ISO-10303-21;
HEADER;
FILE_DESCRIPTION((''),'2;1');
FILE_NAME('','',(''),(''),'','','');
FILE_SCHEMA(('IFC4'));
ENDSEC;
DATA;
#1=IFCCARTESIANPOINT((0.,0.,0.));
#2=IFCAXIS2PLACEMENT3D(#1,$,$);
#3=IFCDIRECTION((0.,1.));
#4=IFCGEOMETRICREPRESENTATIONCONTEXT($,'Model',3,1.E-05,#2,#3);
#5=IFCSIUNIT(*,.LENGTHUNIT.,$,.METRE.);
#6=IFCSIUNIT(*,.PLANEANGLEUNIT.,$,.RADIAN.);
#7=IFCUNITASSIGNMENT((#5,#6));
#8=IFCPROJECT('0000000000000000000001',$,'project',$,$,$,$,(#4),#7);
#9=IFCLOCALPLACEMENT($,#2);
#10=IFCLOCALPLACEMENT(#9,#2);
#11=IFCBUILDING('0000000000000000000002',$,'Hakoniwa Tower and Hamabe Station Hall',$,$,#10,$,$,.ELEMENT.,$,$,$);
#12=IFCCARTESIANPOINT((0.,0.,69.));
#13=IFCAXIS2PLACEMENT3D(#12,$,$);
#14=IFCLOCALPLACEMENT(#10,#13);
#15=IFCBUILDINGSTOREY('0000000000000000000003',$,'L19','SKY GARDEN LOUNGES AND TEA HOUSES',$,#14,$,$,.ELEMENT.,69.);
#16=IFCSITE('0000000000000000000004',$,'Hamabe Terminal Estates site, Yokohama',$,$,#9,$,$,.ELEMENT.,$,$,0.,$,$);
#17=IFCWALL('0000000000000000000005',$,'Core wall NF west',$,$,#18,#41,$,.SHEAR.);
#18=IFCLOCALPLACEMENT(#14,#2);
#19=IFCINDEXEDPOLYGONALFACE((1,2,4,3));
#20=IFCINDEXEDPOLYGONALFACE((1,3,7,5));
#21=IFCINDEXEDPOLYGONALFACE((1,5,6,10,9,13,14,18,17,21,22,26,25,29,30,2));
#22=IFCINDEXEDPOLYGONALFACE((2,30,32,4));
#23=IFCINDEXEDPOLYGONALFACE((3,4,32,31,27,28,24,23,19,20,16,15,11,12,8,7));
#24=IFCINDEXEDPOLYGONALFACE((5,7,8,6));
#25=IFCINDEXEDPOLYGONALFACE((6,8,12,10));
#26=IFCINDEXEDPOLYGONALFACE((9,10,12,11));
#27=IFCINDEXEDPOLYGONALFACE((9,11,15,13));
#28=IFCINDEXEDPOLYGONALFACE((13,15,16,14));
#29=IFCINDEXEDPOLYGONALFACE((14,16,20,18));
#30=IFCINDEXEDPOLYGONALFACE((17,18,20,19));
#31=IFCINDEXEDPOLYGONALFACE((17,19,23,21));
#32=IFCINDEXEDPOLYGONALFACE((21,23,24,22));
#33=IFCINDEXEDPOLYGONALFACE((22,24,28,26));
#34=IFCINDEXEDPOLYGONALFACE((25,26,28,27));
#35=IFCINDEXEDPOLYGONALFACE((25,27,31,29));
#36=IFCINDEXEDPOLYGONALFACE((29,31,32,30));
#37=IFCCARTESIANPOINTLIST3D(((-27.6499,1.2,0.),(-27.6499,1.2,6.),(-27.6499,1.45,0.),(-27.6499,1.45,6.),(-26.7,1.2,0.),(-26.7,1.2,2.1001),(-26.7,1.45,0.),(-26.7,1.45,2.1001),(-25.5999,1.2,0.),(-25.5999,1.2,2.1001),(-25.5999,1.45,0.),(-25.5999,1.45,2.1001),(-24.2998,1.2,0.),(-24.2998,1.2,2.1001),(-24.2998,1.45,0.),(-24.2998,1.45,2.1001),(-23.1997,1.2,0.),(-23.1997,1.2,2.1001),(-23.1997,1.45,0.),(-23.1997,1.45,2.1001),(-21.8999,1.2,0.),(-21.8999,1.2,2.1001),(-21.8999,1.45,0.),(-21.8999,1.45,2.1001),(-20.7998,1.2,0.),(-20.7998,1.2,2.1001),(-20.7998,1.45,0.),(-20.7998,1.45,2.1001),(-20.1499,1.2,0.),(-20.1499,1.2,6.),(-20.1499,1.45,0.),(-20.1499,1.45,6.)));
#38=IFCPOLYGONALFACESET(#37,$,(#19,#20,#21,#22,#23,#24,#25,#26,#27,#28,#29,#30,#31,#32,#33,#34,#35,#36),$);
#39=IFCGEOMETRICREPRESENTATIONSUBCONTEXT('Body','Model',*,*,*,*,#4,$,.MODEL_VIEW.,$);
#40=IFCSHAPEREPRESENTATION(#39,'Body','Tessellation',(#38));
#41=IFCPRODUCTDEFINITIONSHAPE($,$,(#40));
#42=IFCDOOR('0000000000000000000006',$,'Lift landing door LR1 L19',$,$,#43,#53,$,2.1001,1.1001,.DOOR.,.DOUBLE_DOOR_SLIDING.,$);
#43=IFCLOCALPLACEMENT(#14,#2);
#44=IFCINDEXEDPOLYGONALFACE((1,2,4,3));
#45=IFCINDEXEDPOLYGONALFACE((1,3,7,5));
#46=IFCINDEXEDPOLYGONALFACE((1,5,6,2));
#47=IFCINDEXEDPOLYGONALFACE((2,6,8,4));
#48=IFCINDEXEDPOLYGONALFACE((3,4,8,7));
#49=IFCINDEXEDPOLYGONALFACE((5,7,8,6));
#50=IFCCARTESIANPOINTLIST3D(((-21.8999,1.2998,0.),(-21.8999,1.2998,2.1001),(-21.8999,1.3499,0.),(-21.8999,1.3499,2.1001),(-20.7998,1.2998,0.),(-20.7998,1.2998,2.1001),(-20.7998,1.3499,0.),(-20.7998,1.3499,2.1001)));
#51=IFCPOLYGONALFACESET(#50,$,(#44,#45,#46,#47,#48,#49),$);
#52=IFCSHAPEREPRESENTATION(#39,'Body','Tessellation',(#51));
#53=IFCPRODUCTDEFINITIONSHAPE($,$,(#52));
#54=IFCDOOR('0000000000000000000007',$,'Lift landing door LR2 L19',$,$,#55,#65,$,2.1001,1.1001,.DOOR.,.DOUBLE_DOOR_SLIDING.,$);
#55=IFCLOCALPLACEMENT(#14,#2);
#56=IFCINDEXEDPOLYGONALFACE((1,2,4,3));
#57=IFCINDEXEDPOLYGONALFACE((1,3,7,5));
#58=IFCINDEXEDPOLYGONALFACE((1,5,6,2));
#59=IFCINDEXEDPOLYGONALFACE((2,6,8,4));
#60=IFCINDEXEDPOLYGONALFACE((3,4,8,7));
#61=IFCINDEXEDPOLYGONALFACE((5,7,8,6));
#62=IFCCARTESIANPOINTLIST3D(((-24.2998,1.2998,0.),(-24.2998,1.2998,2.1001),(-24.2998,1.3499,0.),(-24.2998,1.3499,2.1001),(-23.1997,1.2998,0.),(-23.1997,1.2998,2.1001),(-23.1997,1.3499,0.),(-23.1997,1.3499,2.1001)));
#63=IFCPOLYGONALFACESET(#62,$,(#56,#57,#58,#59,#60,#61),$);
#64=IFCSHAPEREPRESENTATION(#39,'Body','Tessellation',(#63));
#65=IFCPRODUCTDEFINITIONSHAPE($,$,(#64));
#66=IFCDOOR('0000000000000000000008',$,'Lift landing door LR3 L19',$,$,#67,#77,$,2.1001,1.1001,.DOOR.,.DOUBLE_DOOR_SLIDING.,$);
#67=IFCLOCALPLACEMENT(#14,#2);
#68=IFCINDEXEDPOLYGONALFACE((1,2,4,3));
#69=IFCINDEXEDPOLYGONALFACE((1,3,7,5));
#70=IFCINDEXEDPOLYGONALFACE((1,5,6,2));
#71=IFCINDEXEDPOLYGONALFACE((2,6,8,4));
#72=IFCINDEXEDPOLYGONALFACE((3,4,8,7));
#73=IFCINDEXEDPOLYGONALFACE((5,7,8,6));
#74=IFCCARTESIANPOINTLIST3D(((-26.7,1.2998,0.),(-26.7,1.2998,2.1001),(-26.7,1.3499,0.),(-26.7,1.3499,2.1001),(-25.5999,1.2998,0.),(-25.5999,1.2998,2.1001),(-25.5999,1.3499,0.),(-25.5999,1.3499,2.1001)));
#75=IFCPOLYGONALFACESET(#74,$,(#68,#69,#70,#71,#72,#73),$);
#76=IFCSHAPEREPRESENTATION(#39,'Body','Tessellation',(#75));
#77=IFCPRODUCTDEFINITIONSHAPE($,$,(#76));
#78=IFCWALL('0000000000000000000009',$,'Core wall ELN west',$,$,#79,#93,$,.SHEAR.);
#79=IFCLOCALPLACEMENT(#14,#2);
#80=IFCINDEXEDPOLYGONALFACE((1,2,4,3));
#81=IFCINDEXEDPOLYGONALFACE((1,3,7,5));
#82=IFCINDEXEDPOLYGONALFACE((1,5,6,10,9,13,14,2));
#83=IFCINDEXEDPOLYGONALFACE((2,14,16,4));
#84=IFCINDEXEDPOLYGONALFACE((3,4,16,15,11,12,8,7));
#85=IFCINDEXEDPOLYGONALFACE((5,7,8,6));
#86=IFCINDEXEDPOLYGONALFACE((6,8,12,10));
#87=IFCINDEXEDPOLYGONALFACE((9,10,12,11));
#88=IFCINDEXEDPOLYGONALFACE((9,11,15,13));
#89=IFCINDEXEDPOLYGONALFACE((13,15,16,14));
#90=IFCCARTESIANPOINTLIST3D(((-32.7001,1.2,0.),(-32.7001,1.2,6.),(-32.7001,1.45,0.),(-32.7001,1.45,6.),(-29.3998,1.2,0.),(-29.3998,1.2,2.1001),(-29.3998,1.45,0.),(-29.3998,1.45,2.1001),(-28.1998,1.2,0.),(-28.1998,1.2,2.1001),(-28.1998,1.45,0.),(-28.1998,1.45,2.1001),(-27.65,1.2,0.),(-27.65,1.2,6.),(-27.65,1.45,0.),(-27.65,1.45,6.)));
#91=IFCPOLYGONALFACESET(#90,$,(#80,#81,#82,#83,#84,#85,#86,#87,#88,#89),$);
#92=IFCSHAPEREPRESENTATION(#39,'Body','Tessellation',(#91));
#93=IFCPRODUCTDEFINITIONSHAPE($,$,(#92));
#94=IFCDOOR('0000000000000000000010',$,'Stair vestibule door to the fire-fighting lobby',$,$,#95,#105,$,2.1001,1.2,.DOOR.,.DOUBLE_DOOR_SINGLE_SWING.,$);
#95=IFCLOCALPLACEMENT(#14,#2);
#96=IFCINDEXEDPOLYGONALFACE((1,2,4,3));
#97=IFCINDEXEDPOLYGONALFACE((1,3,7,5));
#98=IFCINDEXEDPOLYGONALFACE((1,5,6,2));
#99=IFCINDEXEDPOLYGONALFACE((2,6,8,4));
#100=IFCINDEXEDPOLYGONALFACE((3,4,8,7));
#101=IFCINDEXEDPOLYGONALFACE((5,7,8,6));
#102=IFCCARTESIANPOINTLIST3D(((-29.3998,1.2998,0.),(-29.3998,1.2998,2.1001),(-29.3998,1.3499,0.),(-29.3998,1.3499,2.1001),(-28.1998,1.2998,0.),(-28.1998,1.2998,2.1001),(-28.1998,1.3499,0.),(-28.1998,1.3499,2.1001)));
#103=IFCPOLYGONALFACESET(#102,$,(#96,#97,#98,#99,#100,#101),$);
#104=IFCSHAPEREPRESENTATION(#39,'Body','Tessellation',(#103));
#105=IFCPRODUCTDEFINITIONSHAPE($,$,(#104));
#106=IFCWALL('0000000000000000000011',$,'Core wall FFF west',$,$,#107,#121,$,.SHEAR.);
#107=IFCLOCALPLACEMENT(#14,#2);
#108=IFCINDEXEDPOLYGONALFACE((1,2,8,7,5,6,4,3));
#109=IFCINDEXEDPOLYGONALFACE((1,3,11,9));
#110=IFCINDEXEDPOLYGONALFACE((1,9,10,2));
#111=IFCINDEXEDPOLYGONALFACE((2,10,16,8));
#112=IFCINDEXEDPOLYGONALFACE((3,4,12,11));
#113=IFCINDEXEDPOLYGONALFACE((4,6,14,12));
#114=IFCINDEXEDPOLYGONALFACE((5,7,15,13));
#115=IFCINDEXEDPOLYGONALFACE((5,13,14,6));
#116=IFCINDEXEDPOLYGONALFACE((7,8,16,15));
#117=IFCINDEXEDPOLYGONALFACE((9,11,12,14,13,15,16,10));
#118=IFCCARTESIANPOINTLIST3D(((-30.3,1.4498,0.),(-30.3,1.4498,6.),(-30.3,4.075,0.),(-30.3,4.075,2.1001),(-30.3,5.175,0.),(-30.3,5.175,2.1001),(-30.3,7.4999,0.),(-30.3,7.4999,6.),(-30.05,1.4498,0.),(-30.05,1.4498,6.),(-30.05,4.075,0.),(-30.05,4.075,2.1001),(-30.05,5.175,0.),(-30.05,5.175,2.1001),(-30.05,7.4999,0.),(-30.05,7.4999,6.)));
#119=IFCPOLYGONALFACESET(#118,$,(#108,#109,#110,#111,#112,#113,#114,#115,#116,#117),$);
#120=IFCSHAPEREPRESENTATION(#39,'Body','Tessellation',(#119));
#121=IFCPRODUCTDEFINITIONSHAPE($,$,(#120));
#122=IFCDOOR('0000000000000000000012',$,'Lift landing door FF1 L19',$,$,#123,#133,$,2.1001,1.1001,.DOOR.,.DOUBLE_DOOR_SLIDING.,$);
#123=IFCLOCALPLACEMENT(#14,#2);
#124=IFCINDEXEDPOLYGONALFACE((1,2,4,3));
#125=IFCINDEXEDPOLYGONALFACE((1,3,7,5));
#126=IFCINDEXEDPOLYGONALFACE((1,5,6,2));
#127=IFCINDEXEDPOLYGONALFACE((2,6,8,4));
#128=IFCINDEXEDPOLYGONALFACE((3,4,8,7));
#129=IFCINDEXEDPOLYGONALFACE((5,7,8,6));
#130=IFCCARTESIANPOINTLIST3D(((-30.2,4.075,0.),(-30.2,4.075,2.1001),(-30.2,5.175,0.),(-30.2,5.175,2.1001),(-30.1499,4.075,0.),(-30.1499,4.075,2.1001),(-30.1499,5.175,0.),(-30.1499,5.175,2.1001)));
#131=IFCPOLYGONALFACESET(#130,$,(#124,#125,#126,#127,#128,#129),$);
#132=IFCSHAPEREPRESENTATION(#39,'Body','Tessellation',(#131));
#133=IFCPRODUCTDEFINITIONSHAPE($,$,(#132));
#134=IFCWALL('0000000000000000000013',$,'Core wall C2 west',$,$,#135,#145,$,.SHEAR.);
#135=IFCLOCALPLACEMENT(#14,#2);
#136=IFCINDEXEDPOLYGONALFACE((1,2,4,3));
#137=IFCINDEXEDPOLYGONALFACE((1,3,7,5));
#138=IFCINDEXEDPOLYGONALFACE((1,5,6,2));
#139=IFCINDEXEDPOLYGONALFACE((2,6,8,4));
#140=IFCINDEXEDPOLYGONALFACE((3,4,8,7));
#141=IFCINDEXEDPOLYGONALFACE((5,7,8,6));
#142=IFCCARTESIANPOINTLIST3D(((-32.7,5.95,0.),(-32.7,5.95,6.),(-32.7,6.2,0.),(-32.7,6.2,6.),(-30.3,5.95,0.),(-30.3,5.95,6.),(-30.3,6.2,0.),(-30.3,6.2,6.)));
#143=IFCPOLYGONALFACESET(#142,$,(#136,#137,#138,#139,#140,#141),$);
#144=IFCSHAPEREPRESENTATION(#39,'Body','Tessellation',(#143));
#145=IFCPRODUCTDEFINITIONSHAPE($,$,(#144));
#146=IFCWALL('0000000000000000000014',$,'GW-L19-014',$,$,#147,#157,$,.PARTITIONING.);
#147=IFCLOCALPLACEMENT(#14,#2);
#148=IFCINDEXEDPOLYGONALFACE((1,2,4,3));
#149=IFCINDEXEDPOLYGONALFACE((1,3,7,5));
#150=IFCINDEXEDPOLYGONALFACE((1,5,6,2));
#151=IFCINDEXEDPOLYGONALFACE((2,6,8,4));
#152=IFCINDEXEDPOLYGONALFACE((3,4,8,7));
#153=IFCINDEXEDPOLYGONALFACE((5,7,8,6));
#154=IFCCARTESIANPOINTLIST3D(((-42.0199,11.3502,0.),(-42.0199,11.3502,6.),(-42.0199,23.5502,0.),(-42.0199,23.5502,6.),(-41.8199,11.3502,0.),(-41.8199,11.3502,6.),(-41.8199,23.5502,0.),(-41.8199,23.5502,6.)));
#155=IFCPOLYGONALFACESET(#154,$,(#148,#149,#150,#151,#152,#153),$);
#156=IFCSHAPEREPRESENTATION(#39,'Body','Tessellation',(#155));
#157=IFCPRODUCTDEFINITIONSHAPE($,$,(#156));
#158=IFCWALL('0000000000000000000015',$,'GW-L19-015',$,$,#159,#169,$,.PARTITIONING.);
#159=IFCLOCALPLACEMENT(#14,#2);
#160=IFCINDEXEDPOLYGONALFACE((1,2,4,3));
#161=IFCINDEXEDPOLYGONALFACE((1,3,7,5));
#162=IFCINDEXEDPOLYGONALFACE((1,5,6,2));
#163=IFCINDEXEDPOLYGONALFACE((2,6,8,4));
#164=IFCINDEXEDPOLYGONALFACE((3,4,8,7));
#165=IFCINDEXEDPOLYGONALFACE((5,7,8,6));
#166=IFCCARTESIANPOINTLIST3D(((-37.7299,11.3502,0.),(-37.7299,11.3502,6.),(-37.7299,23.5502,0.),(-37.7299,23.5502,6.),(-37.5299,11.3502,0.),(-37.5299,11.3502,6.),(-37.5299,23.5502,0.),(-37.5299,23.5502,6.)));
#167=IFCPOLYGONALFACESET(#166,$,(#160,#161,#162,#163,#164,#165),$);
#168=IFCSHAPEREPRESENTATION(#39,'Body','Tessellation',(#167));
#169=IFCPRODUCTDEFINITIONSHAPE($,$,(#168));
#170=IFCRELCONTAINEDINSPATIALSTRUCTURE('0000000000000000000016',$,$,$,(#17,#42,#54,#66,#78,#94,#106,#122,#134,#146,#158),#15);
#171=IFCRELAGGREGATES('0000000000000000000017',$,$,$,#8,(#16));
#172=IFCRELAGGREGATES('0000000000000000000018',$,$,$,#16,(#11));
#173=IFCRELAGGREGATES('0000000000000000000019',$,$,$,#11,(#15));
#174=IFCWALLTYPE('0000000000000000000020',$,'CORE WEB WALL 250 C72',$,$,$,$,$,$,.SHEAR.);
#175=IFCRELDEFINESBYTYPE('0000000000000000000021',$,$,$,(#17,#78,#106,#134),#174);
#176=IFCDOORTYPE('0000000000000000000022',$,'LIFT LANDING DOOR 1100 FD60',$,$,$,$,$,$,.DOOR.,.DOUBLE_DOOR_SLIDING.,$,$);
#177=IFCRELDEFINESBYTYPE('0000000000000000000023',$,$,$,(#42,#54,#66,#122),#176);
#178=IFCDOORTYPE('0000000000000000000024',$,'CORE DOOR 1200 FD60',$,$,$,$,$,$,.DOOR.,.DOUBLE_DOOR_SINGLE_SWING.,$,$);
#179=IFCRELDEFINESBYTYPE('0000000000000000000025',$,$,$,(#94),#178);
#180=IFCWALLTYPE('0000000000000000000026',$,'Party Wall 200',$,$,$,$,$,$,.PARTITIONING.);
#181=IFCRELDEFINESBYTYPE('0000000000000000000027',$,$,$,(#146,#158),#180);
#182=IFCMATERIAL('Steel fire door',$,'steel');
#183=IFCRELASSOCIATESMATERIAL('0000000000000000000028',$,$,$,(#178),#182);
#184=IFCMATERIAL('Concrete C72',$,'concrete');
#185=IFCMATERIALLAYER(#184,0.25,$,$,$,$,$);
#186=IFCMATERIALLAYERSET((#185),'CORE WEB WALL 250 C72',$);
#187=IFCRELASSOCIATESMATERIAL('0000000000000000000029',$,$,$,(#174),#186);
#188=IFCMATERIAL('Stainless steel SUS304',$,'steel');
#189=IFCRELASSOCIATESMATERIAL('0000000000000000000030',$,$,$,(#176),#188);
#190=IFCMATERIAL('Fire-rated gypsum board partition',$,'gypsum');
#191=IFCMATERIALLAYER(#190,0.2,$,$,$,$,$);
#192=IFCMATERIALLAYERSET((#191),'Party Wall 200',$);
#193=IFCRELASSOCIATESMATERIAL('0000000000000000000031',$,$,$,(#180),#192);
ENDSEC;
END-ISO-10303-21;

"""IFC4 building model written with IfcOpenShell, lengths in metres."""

from ifc_helpers import new_model, si_unit, direction, frame, frame_2d, origin, place, context, subcontext, project, spatial, rectangle, extrude, material, layer, layer_set, type_object, element, fill, save


model = new_model("IFC4")

# Units and contexts
model_context = context("Model", 3, precision=1e-05, world=origin(), true_north=direction((0.0, 1.0)))
body_context = subcontext(model_context, "Body", "Model", "MODEL_VIEW")
ifc_project = project(units=[si_unit("LENGTHUNIT", "METRE"), si_unit("PLANEANGLEUNIT", "RADIAN")], contexts=[model_context])

# Site, building, storey
site_placement = place(None, origin())
site = spatial("IfcSite", under=ifc_project, at=site_placement, Name="Hamabe Terminal Estates site, Yokohama", CompositionType="ELEMENT", RefElevation=0.0)
building_placement = place(site_placement, origin())
building = spatial("IfcBuilding", under=site, at=building_placement, Name="Hakoniwa Tower and Hamabe Station Hall", CompositionType="ELEMENT")
storey_placement = place(building_placement, frame((0.0, 0.0, 69.0)))
storey = spatial("IfcBuildingStorey", under=building, at=storey_placement, Name="L19", Description="SKY GARDEN LOUNGES AND TEA HOUSES", CompositionType="ELEMENT", Elevation=69.0)

# Shared definitions
ifc_material_1 = material(Name="Steel fire door", Category="steel")
door_type_1 = type_object("IfcDoorType", Name="CORE DOOR 1200 FD60", OperationType="DOUBLE_DOOR_SINGLE_SWING", PredefinedType="DOOR", material=ifc_material_1)

# Wall, openings, doors
ifc_material_2 = material(Name="Concrete C72", Category="concrete")
ifc_layer_1 = layer(ifc_material_2, 0.25)
ifc_layer_set_1 = layer_set([ifc_layer_1], Name="CORE WEB WALL 250 C72")
wall_type_1 = type_object("IfcWallType", Name="CORE WEB WALL 250 C72", PredefinedType="SHEAR", material=ifc_layer_set_1)
wall_1_placement = place(storey_placement, frame((-27.6499, 1.325, 0.0), z_axis=(0.0, 0.0, 1.0), x_axis=(1.0, 0.0, 0.0)))
wall_1 = element("IfcWall", 1, at=wall_1_placement, inside=storey, type_object=wall_type_1, Name="Core wall NF west", PredefinedType="SHEAR", context=body_context, shape_type="SweptSolid", body=[
    extrude(rectangle(XDim=7.5, YDim=0.25, at=frame_2d((3.75, 0.0))), origin(), (0.0, 0.0, 1.0), 6.0),
])
opening_1_placement = place(wall_1_placement, frame((5.75, 0.0, 0.0)))
opening_1 = element("IfcOpeningElement", 2, at=opening_1_placement, cuts=wall_1, PredefinedType="OPENING", context=body_context, shape_type="SweptSolid", body=[
    extrude(rectangle(XDim=1.1001, YDim=2.1001, at=frame_2d((0.55, 1.05))), frame((0.0, 0.135, 0.0), z_axis=(0.0, -1.0, 0.0), x_axis=(1.0, 0.0, 0.0)), (0.0, 0.0, 1.0), 0.27),
])
opening_2_placement = place(wall_1_placement, frame((3.3501, 0.0, 0.0)))
opening_2 = element("IfcOpeningElement", 3, at=opening_2_placement, cuts=wall_1, PredefinedType="OPENING", context=body_context, shape_type="SweptSolid", body=[
    extrude(rectangle(XDim=1.1001, YDim=2.1001, at=frame_2d((0.55, 1.05))), frame((0.0, 0.135, 0.0), z_axis=(0.0, -1.0, 0.0), x_axis=(1.0, 0.0, 0.0)), (0.0, 0.0, 1.0), 0.27),
])
opening_3_placement = place(wall_1_placement, frame((0.95, 0.0, 0.0)))
opening_3 = element("IfcOpeningElement", 4, at=opening_3_placement, cuts=wall_1, PredefinedType="OPENING", context=body_context, shape_type="SweptSolid", body=[
    extrude(rectangle(XDim=1.1001, YDim=2.1001, at=frame_2d((0.55, 1.05))), frame((0.0, 0.135, 0.0), z_axis=(0.0, -1.0, 0.0), x_axis=(1.0, 0.0, 0.0)), (0.0, 0.0, 1.0), 0.27),
])
ifc_material_3 = material(Name="Stainless steel SUS304", Category="steel")
door_type_2 = type_object("IfcDoorType", Name="LIFT LANDING DOOR 1100 FD60", OperationType="DOUBLE_DOOR_SLIDING", PredefinedType="DOOR", material=ifc_material_3)
door_1_placement = place(opening_1_placement, origin())
door_1 = element("IfcDoor", 5, at=door_1_placement, inside=storey, type_object=door_type_2, Name="Lift landing door LR1 L19", OperationType="DOUBLE_DOOR_SLIDING", OverallHeight=2.1001, OverallWidth=1.1001, PredefinedType="DOOR", context=body_context, shape_type="SweptSolid", body=[
    extrude(rectangle(XDim=1.1001, YDim=2.1001, at=frame_2d((0.55, 1.05))), frame((0.0, 0.0249, 0.0), z_axis=(0.0, -1.0, 0.0), x_axis=(1.0, 0.0, 0.0)), (0.0, 0.0, 1.0), 0.05),
])
fill(opening_1, door_1)
door_2_placement = place(opening_2_placement, origin())
door_2 = element("IfcDoor", 6, at=door_2_placement, inside=storey, type_object=door_type_2, Name="Lift landing door LR2 L19", OperationType="DOUBLE_DOOR_SLIDING", OverallHeight=2.1001, OverallWidth=1.1001, PredefinedType="DOOR", context=body_context, shape_type="SweptSolid", body=[
    extrude(rectangle(XDim=1.1001, YDim=2.1001, at=frame_2d((0.55, 1.05))), frame((0.0, 0.0249, 0.0), z_axis=(0.0, -1.0, 0.0), x_axis=(1.0, 0.0, 0.0)), (0.0, 0.0, 1.0), 0.05),
])
fill(opening_2, door_2)
door_3_placement = place(opening_3_placement, origin())
door_3 = element("IfcDoor", 7, at=door_3_placement, inside=storey, type_object=door_type_2, Name="Lift landing door LR3 L19", OperationType="DOUBLE_DOOR_SLIDING", OverallHeight=2.1001, OverallWidth=1.1001, PredefinedType="DOOR", context=body_context, shape_type="SweptSolid", body=[
    extrude(rectangle(XDim=1.1001, YDim=2.1001, at=frame_2d((0.55, 1.05))), frame((0.0, 0.0249, 0.0), z_axis=(0.0, -1.0, 0.0), x_axis=(1.0, 0.0, 0.0)), (0.0, 0.0, 1.0), 0.05),
])
fill(opening_3, door_3)

# Walls, openings, doors
wall_2_placement = place(storey_placement, frame((-32.7, 1.325, 0.0), z_axis=(0.0, 0.0, 1.0), x_axis=(1.0, 0.0, 0.0)))
wall_2 = element("IfcWall", 8, at=wall_2_placement, inside=storey, type_object=wall_type_1, Name="Core wall ELN west", PredefinedType="SHEAR", context=body_context, shape_type="SweptSolid", body=[
    extrude(rectangle(XDim=5.05, YDim=0.25, at=frame_2d((2.5249, 0.0))), origin(), (0.0, 0.0, 1.0), 6.0),
])
opening_4_placement = place(wall_2_placement, frame((3.3, 0.0, 0.0)))
opening_4 = element("IfcOpeningElement", 9, at=opening_4_placement, cuts=wall_2, PredefinedType="OPENING", context=body_context, shape_type="SweptSolid", body=[
    extrude(rectangle(XDim=1.2, YDim=2.1001, at=frame_2d((0.6001, 1.05))), frame((0.0, 0.135, 0.0), z_axis=(0.0, -1.0, 0.0), x_axis=(1.0, 0.0, 0.0)), (0.0, 0.0, 1.0), 0.27),
])
door_4_placement = place(opening_4_placement, origin())
door_4 = element("IfcDoor", 10, at=door_4_placement, inside=storey, type_object=door_type_1, Name="Stair vestibule door to the fire-fighting lobby", OperationType="DOUBLE_DOOR_SINGLE_SWING", OverallHeight=2.1001, OverallWidth=1.2, PredefinedType="DOOR", context=body_context, shape_type="SweptSolid", body=[
    extrude(rectangle(XDim=1.2, YDim=2.1001, at=frame_2d((0.6001, 1.05))), frame((0.0, 0.0249, 0.0), z_axis=(0.0, -1.0, 0.0), x_axis=(1.0, 0.0, 0.0)), (0.0, 0.0, 1.0), 0.05),
])
fill(opening_4, door_4)
wall_3_placement = place(storey_placement, frame((-30.175, 1.45, 0.0), z_axis=(0.0, 0.0, 1.0), x_axis=(0.0, 1.0, 0.0)))
wall_3 = element("IfcWall", 11, at=wall_3_placement, inside=storey, type_object=wall_type_1, Name="Core wall FFF west", PredefinedType="SHEAR", context=body_context, shape_type="SweptSolid", body=[
    extrude(rectangle(XDim=6.05, YDim=0.25, at=frame_2d((3.0249, 0.0))), origin(), (0.0, 0.0, 1.0), 6.0),
])
opening_5_placement = place(wall_3_placement, frame((2.625, 0.0, 0.0)))
opening_5 = element("IfcOpeningElement", 12, at=opening_5_placement, cuts=wall_3, PredefinedType="OPENING", context=body_context, shape_type="SweptSolid", body=[
    extrude(rectangle(XDim=1.1001, YDim=2.1001, at=frame_2d((0.55, 1.05))), frame((0.0, 0.135, 0.0), z_axis=(0.0, -1.0, 0.0), x_axis=(1.0, 0.0, 0.0)), (0.0, 0.0, 1.0), 0.27),
])
door_5_placement = place(opening_5_placement, origin())
door_5 = element("IfcDoor", 13, at=door_5_placement, inside=storey, type_object=door_type_2, Name="Lift landing door FF1 L19", OperationType="DOUBLE_DOOR_SLIDING", OverallHeight=2.1001, OverallWidth=1.1001, PredefinedType="DOOR", context=body_context, shape_type="SweptSolid", body=[
    extrude(rectangle(XDim=1.1001, YDim=2.1001, at=frame_2d((0.55, 1.05))), frame((0.0, 0.0249, 0.0), z_axis=(0.0, -1.0, 0.0), x_axis=(1.0, 0.0, 0.0)), (0.0, 0.0, 1.0), 0.05),
])
fill(opening_5, door_5)

# Walls
wall_4_placement = place(storey_placement, frame((-32.7, 6.075, 0.0), z_axis=(0.0, 0.0, 1.0), x_axis=(1.0, 0.0, 0.0)))
element("IfcWall", 14, at=wall_4_placement, inside=storey, type_object=wall_type_1, Name="Core wall C2 west", PredefinedType="SHEAR", context=body_context, shape_type="SweptSolid", body=[
    extrude(rectangle(XDim=2.3999, YDim=0.25, at=frame_2d((1.2, 0.0))), origin(), (0.0, 0.0, 1.0), 6.0),
])
ifc_material_4 = material(Name="Fire-rated gypsum board partition", Category="gypsum")
ifc_layer_2 = layer(ifc_material_4, 0.2)
ifc_layer_set_2 = layer_set([ifc_layer_2], Name="Party Wall 200")
wall_type_2 = type_object("IfcWallType", Name="Party Wall 200", PredefinedType="PARTITIONING", material=ifc_layer_set_2)
for number, where, z_axis, x_axis, name in (
    (15, (-41.9199, 11.3501, 0.0), (0.0, 0.0, 1.0), (0.0, 1.0, 0.0), "GW-L19-014"),
    (16, (-37.6299, 11.3501, 0.0), (0.0, 0.0, 1.0), (0.0, 1.0, 0.0), "GW-L19-015"),
):
    element("IfcWall", number, at=place(storey_placement, frame(where, z_axis=z_axis, x_axis=x_axis)), inside=storey, type_object=wall_type_2, Name=name, PredefinedType="PARTITIONING", context=body_context, shape_type="SweptSolid", body=[
        extrude(rectangle(XDim=12.2, YDim=0.2, at=frame_2d((6.1001, 0.0))), origin(), (0.0, 0.0, 1.0), 6.0),
    ])

save(model, "model.ifc")
